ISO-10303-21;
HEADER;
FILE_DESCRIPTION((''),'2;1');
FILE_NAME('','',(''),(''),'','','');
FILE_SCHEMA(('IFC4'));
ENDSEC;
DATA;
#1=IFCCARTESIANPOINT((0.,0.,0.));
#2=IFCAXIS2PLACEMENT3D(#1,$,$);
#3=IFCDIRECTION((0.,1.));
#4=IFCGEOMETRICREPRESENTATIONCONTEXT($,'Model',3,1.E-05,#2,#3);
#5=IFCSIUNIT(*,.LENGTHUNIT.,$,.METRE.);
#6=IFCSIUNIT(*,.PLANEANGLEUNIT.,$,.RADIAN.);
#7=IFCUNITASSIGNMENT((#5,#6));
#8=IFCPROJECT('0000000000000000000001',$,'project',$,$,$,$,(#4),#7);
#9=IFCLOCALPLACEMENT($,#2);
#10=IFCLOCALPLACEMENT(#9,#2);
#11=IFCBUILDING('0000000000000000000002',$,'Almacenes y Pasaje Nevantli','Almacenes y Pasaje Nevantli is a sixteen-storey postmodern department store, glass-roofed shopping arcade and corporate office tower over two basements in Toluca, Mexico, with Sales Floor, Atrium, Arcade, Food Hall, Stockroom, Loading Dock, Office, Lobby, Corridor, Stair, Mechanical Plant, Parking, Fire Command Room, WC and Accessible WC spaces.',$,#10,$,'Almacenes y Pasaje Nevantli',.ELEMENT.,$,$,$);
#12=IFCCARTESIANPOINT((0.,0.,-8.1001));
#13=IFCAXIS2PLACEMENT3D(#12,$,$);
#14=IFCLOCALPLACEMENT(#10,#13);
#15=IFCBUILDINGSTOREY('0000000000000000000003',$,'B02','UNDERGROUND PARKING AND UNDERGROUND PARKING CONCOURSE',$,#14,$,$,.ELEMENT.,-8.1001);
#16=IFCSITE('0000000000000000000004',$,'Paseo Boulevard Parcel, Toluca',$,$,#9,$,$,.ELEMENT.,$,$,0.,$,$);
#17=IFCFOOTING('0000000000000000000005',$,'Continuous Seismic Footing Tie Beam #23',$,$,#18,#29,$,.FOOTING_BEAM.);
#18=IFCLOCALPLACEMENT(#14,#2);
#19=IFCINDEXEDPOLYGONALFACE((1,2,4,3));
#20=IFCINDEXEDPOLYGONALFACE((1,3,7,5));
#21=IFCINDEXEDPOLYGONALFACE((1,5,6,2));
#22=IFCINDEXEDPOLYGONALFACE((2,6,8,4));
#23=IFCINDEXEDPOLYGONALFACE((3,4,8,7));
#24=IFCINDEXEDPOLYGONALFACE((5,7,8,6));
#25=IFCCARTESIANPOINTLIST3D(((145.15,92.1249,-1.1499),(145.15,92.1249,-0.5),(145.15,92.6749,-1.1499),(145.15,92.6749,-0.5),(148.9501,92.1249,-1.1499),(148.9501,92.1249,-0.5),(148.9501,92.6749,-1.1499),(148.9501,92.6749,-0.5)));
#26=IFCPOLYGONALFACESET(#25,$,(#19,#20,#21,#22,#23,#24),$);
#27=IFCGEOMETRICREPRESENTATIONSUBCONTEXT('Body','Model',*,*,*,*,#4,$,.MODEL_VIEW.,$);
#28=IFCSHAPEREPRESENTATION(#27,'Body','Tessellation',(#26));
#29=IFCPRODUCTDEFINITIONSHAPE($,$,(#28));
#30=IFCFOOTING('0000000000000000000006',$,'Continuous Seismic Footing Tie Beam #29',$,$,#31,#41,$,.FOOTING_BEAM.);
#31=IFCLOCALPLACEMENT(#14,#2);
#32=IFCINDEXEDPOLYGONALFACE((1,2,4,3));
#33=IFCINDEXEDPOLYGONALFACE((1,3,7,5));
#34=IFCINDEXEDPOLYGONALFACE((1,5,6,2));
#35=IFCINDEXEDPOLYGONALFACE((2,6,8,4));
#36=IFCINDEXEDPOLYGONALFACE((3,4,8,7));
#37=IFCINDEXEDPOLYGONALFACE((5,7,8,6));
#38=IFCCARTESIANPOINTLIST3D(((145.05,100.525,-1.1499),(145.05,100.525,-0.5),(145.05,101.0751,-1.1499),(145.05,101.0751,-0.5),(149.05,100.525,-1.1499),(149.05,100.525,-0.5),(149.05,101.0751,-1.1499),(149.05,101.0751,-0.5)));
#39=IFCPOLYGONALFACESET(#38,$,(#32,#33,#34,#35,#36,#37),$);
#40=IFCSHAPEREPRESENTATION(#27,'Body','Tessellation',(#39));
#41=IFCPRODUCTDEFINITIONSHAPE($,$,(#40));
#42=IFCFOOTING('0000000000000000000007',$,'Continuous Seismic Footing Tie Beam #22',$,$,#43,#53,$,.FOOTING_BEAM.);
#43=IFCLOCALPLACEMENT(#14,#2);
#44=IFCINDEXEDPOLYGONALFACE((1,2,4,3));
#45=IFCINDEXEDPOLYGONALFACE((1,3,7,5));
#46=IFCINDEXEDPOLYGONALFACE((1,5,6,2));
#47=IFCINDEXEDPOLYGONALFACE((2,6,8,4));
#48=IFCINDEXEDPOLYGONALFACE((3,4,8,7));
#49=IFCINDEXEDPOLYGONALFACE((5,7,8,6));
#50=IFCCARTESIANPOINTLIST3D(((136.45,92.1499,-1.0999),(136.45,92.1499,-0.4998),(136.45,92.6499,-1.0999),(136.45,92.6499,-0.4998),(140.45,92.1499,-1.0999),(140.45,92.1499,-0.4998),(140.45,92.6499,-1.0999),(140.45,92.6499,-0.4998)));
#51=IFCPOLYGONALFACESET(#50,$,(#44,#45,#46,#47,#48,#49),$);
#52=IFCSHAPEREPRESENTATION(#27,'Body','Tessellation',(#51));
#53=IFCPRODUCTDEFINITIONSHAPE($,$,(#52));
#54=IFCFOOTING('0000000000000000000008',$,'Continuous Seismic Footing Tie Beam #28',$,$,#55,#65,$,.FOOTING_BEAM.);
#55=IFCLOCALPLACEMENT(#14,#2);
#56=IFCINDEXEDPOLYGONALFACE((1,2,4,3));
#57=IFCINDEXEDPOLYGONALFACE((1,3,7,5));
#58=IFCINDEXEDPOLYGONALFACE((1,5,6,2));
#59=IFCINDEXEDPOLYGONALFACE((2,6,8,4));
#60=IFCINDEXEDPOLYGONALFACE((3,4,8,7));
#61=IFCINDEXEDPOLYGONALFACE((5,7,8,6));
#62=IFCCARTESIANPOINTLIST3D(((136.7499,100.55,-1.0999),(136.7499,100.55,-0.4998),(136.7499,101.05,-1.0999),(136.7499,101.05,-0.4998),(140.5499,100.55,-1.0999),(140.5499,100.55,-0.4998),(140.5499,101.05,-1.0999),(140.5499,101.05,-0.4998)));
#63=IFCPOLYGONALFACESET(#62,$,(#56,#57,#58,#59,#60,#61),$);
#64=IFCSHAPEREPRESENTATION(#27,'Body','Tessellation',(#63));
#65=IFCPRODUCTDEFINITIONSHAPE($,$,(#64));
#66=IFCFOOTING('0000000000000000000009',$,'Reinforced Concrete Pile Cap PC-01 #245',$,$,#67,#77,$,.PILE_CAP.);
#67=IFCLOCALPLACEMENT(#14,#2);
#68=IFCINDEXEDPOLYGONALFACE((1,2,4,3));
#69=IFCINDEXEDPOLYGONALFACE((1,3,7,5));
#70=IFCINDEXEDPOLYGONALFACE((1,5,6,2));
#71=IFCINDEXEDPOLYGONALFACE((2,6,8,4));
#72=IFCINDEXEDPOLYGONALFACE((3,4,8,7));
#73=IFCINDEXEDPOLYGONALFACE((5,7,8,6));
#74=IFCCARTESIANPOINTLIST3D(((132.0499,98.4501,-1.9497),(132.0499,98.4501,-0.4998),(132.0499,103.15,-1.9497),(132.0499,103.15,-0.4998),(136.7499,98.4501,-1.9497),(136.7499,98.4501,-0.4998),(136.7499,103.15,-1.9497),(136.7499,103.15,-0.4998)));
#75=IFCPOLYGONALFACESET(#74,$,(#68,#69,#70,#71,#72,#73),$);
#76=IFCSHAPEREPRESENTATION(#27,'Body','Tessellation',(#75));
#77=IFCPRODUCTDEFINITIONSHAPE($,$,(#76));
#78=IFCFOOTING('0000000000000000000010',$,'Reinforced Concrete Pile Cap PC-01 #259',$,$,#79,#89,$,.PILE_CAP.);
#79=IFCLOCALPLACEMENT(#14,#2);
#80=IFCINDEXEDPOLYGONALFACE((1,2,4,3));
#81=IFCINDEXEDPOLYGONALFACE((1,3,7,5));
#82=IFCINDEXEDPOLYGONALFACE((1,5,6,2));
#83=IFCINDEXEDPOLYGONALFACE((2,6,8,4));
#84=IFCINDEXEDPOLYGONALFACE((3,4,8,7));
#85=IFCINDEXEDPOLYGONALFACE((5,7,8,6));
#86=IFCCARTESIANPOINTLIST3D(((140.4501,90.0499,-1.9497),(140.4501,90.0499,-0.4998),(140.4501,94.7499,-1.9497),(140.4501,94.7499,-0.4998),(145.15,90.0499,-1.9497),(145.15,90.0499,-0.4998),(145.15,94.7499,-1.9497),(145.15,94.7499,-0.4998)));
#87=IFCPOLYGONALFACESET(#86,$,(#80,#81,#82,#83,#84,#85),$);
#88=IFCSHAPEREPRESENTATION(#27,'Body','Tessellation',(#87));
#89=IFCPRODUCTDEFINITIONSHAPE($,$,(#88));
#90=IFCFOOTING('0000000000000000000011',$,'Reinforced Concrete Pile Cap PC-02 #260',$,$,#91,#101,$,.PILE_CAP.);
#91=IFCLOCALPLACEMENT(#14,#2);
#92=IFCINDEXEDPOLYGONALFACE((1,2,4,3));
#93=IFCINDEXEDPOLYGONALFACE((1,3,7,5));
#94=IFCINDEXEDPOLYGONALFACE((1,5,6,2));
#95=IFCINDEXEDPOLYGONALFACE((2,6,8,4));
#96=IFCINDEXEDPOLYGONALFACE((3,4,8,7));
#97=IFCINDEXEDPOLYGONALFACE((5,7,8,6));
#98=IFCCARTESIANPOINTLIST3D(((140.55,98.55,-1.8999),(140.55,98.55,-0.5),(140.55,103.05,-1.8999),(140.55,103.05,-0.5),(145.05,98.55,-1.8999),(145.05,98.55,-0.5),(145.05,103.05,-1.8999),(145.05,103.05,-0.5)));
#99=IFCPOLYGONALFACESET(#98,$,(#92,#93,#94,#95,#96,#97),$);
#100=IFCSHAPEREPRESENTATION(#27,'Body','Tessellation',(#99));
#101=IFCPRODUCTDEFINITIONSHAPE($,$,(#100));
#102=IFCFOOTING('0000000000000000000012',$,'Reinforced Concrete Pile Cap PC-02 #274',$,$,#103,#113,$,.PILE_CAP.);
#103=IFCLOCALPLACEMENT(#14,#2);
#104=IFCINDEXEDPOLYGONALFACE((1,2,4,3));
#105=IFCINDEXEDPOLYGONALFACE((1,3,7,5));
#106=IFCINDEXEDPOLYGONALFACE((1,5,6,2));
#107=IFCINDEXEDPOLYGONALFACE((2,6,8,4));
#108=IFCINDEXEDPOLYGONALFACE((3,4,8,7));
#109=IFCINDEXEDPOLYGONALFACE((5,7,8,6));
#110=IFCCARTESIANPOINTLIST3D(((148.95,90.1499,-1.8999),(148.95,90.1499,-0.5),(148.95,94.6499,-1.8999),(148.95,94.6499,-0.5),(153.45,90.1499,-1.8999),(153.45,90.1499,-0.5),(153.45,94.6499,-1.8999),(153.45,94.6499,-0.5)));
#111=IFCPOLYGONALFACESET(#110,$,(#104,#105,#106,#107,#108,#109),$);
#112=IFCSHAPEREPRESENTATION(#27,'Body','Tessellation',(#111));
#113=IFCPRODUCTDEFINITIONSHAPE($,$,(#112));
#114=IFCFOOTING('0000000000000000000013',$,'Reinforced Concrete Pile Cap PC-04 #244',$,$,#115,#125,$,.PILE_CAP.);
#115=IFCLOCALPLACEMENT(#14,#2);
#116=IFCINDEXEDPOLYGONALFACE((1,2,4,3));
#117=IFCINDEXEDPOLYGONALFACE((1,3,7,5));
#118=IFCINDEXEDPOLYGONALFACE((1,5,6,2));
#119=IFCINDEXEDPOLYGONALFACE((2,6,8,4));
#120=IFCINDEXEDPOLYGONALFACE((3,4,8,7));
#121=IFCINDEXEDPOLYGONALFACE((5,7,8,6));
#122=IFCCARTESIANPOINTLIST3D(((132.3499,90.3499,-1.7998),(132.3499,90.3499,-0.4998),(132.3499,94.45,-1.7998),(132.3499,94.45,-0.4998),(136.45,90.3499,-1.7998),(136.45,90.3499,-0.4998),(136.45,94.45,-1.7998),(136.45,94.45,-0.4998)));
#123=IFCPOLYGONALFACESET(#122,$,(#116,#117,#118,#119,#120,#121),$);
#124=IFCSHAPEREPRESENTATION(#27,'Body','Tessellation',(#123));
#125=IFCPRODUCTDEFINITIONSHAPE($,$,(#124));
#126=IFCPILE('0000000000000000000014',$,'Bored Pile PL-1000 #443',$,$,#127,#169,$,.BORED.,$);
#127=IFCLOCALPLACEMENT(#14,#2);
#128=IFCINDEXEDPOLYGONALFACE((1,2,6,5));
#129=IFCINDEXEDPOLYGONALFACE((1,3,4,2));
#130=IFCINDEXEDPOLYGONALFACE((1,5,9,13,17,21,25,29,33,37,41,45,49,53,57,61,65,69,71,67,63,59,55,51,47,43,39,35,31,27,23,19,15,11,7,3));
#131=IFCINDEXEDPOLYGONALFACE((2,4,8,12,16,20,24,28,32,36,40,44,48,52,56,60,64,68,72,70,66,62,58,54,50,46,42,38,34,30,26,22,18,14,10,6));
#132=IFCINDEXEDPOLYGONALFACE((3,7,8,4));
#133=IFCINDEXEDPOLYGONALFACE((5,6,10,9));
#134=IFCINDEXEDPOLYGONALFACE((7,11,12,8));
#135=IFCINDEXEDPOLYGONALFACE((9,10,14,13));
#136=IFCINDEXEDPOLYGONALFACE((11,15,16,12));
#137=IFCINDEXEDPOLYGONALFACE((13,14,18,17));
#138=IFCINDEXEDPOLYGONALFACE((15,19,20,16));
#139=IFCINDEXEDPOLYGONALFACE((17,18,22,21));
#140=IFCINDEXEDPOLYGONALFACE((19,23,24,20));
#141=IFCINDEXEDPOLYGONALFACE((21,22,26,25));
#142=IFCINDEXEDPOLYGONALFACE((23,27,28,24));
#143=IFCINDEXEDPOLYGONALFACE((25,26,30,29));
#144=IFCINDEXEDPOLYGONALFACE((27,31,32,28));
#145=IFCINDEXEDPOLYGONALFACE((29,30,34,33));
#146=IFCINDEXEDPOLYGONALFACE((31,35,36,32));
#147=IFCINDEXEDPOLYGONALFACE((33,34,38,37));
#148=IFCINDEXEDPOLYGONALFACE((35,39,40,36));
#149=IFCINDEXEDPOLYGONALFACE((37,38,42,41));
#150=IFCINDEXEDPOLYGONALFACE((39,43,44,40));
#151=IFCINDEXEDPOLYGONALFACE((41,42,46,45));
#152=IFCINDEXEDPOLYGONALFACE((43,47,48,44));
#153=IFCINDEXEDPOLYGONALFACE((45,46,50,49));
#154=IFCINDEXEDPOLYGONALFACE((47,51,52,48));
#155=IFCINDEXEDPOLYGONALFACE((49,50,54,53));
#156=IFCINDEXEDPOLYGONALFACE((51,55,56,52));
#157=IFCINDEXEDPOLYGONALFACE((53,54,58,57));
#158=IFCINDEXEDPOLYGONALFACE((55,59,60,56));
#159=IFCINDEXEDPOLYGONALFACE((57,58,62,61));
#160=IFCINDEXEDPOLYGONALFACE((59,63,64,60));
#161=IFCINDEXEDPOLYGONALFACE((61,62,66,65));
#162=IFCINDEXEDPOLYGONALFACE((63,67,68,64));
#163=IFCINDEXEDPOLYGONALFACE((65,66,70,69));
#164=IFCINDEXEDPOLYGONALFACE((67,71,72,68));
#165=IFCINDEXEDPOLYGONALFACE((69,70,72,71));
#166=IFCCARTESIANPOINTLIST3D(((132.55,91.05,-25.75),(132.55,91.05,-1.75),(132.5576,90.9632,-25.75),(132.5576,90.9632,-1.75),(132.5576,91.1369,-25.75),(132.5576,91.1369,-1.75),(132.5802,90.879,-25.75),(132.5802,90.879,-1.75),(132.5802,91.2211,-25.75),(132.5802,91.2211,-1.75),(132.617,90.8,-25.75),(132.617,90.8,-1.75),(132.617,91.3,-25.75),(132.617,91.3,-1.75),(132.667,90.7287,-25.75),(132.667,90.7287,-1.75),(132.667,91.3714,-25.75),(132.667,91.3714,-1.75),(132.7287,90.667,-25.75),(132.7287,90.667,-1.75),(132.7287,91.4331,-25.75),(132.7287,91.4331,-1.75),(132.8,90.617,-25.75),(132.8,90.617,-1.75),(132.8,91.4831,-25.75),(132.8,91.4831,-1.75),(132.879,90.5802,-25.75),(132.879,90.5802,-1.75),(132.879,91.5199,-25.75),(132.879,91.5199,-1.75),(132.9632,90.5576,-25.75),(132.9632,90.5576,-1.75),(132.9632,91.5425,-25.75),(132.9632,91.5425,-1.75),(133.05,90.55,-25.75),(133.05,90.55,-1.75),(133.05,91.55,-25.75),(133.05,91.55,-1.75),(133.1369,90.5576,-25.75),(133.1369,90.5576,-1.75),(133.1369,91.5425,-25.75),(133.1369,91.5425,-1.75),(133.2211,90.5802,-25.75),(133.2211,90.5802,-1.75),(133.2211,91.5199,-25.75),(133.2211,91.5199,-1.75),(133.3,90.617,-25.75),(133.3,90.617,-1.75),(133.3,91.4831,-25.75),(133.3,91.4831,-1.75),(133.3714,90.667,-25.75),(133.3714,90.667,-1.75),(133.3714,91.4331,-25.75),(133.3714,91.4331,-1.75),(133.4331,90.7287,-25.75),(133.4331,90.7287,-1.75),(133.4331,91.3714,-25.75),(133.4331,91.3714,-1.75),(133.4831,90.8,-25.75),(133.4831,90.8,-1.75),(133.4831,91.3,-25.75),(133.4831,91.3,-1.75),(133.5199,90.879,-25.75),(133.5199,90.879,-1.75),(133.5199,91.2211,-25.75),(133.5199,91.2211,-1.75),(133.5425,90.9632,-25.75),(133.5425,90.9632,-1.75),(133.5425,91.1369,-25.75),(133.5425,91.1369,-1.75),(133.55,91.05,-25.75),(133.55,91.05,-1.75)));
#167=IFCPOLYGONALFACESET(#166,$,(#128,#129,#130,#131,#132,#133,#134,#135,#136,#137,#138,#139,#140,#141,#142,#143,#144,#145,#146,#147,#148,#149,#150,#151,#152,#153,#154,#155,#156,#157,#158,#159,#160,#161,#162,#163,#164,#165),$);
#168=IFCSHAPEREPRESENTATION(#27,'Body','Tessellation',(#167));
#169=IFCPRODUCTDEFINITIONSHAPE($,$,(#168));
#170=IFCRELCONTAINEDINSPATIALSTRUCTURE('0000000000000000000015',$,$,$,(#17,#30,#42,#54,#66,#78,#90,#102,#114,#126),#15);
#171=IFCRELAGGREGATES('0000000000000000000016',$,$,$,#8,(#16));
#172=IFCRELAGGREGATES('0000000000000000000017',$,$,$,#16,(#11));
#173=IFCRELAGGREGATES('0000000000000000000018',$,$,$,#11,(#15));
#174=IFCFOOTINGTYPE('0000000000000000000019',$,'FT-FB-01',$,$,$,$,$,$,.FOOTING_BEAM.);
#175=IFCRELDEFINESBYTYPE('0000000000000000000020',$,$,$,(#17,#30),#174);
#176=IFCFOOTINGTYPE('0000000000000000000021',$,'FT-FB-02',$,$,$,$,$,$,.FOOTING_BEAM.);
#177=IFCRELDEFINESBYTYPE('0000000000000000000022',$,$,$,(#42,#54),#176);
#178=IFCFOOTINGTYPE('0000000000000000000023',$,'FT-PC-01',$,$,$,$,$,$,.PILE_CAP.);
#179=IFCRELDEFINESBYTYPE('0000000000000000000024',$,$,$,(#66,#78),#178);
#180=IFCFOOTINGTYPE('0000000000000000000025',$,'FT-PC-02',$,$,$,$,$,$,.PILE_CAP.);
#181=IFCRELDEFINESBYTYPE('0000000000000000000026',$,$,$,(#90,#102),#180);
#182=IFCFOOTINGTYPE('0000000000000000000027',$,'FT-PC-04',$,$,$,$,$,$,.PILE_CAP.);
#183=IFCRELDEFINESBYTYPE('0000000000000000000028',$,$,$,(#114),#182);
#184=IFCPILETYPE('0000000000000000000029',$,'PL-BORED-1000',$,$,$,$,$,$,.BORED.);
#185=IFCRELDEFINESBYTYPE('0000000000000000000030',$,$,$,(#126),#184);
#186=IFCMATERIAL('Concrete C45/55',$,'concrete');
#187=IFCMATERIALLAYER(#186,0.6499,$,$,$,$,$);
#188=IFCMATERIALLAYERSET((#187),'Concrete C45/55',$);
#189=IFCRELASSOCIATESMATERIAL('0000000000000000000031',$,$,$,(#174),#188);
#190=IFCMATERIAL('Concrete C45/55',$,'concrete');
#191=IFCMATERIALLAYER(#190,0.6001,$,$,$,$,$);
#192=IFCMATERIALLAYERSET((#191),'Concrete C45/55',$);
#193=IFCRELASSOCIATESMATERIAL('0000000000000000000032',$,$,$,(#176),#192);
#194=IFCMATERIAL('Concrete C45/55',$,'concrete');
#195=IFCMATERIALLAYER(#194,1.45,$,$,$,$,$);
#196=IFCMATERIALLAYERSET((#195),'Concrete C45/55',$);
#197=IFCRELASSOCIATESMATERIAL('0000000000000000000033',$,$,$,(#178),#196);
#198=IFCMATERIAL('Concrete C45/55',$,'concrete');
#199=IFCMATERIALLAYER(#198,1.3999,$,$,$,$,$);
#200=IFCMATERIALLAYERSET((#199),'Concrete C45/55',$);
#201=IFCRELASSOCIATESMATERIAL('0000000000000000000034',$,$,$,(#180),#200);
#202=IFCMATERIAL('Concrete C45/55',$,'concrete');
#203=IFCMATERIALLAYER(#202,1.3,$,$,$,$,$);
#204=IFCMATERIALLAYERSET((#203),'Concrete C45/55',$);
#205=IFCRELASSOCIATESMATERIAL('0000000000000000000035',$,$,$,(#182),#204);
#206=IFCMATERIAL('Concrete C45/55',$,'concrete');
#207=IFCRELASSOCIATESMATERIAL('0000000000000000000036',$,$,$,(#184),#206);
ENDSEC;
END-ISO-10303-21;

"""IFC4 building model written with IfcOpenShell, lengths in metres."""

from ifc_helpers import new_model, si_unit, direction, frame, origin, origin_2d, place, context, subcontext, project, spatial, rectangle, circle, extrude, material, layer, layer_set, material_profile, profile_set, type_object, element, save


model = new_model("IFC4")

# Units and contexts
model_context = context("Model", 3, precision=1e-05, world=origin(), true_north=direction((0.0, 1.0)))
body_context = subcontext(model_context, "Body", "Model", "MODEL_VIEW")
ifc_project = project(units=[si_unit("LENGTHUNIT", "METRE"), si_unit("PLANEANGLEUNIT", "RADIAN")], contexts=[model_context])

# Site, building, storey
site_placement = place(None, origin())
site = spatial("IfcSite", under=ifc_project, at=site_placement, Name="Paseo Boulevard Parcel, Toluca", CompositionType="ELEMENT", RefElevation=0.0)
building_placement = place(site_placement, origin())
building = spatial("IfcBuilding", under=site, at=building_placement, Name="Almacenes y Pasaje Nevantli", Description="Almacenes y Pasaje Nevantli is a sixteen-storey postmodern department store, glass-roofed shopping arcade and corporate office tower over two basements in Toluca, Mexico, with Sales Floor, Atrium, Arcade, Food Hall, Stockroom, Loading Dock, Office, Lobby, Corridor, Stair, Mechanical Plant, Parking, Fire Command Room, WC and Accessible WC spaces.", LongName="Almacenes y Pasaje Nevantli", CompositionType="ELEMENT")
storey_placement = place(building_placement, frame((0.0, 0.0, -8.1001)))
storey = spatial("IfcBuildingStorey", under=building, at=storey_placement, Name="B02", Description="UNDERGROUND PARKING AND UNDERGROUND PARKING CONCOURSE", CompositionType="ELEMENT", Elevation=-8.1001)

# Footings
ifc_material_1 = material(Name="Concrete C45/55", Category="concrete")
ifc_layer_1 = layer(ifc_material_1, 0.6499)
ifc_layer_set_1 = layer_set([ifc_layer_1], Name="Concrete C45/55")
footing_type_1 = type_object("IfcFootingType", Name="FT-FB-01", PredefinedType="FOOTING_BEAM", material=ifc_layer_set_1)
footing_1_placement = place(storey_placement, frame((147.05, 92.3999, -1.1499), z_axis=(0.0, 0.0, 1.0), x_axis=(1.0, 0.0, 0.0)))
element("IfcFooting", 1, at=footing_1_placement, inside=storey, type_object=footing_type_1, Name="Continuous Seismic Footing Tie Beam #23", PredefinedType="FOOTING_BEAM", context=body_context, shape_type="SweptSolid", body=[
    extrude(rectangle(XDim=3.8, YDim=0.55, at=origin_2d()), origin(), (0.0, 0.0, 1.0), 0.6499),
])
footing_2_placement = place(storey_placement, frame((147.05, 100.8, -1.1499), z_axis=(0.0, 0.0, 1.0), x_axis=(1.0, 0.0, 0.0)))
element("IfcFooting", 2, at=footing_2_placement, inside=storey, type_object=footing_type_1, Name="Continuous Seismic Footing Tie Beam #29", PredefinedType="FOOTING_BEAM", context=body_context, shape_type="SweptSolid", body=[
    extrude(rectangle(XDim=4.0, YDim=0.55, at=origin_2d()), origin(), (0.0, 0.0, 1.0), 0.6499),
])
ifc_material_2 = material(Name="Concrete C45/55", Category="concrete")
ifc_layer_2 = layer(ifc_material_2, 0.6001)
ifc_layer_set_2 = layer_set([ifc_layer_2], Name="Concrete C45/55")
footing_type_2 = type_object("IfcFootingType", Name="FT-FB-02", PredefinedType="FOOTING_BEAM", material=ifc_layer_set_2)
footing_3_placement = place(storey_placement, frame((138.45, 92.3999, -1.0999), z_axis=(0.0, 0.0, 1.0), x_axis=(1.0, 0.0, 0.0)))
element("IfcFooting", 3, at=footing_3_placement, inside=storey, type_object=footing_type_2, Name="Continuous Seismic Footing Tie Beam #22", PredefinedType="FOOTING_BEAM", context=body_context, shape_type="SweptSolid", body=[
    extrude(rectangle(XDim=4.0, YDim=0.5, at=origin_2d()), origin(), (0.0, 0.0, 1.0), 0.6001),
])
footing_4_placement = place(storey_placement, frame((138.6499, 100.8, -1.0999), z_axis=(0.0, 0.0, 1.0), x_axis=(1.0, 0.0, 0.0)))
element("IfcFooting", 4, at=footing_4_placement, inside=storey, type_object=footing_type_2, Name="Continuous Seismic Footing Tie Beam #28", PredefinedType="FOOTING_BEAM", context=body_context, shape_type="SweptSolid", body=[
    extrude(rectangle(XDim=3.8, YDim=0.5, at=origin_2d()), origin(), (0.0, 0.0, 1.0), 0.6001),
])
ifc_material_3 = material(Name="Concrete C45/55", Category="concrete")
ifc_layer_3 = layer(ifc_material_3, 1.45)
ifc_layer_set_3 = layer_set([ifc_layer_3], Name="Concrete C45/55")
footing_type_3 = type_object("IfcFootingType", Name="FT-PC-01", PredefinedType="PILE_CAP", material=ifc_layer_set_3)
for number, where, z_axis, x_axis, name in (
    (5, (134.3999, 100.8, -1.9497), (0.0, 0.0, 1.0), (1.0, 0.0, 0.0), "Reinforced Concrete Pile Cap PC-01 #245"),
    (6, (142.8, 92.3999, -1.9497), (0.0, 0.0, 1.0), (1.0, 0.0, 0.0), "Reinforced Concrete Pile Cap PC-01 #259"),
):
    element("IfcFooting", number, at=place(storey_placement, frame(where, z_axis=z_axis, x_axis=x_axis)), inside=storey, type_object=footing_type_3, Name=name, PredefinedType="PILE_CAP", context=body_context, shape_type="SweptSolid", body=[
        extrude(rectangle(XDim=4.7, YDim=4.7, at=origin_2d()), origin(), (0.0, 0.0, 1.0), 1.45),
    ])
ifc_material_4 = material(Name="Concrete C45/55", Category="concrete")
ifc_layer_4 = layer(ifc_material_4, 1.3999)
ifc_layer_set_4 = layer_set([ifc_layer_4], Name="Concrete C45/55")
footing_type_4 = type_object("IfcFootingType", Name="FT-PC-02", PredefinedType="PILE_CAP", material=ifc_layer_set_4)
for number, where, z_axis, x_axis, name in (
    (7, (142.8, 100.8, -1.8999), (0.0, 0.0, 1.0), (1.0, 0.0, 0.0), "Reinforced Concrete Pile Cap PC-02 #260"),
    (8, (151.2, 92.3999, -1.8999), (0.0, 0.0, 1.0), (1.0, 0.0, 0.0), "Reinforced Concrete Pile Cap PC-02 #274"),
):
    element("IfcFooting", number, at=place(storey_placement, frame(where, z_axis=z_axis, x_axis=x_axis)), inside=storey, type_object=footing_type_4, Name=name, PredefinedType="PILE_CAP", context=body_context, shape_type="SweptSolid", body=[
        extrude(rectangle(XDim=4.5, YDim=4.5, at=origin_2d()), origin(), (0.0, 0.0, 1.0), 1.3999),
    ])
ifc_material_5 = material(Name="Concrete C45/55", Category="concrete")
ifc_layer_5 = layer(ifc_material_5, 1.3)
ifc_layer_set_5 = layer_set([ifc_layer_5], Name="Concrete C45/55")
footing_type_5 = type_object("IfcFootingType", Name="FT-PC-04", PredefinedType="PILE_CAP", material=ifc_layer_set_5)
footing_5_placement = place(storey_placement, frame((134.3999, 92.3999, -1.7998), z_axis=(0.0, 0.0, 1.0), x_axis=(1.0, 0.0, 0.0)))
element("IfcFooting", 9, at=footing_5_placement, inside=storey, type_object=footing_type_5, Name="Reinforced Concrete Pile Cap PC-04 #244", PredefinedType="PILE_CAP", context=body_context, shape_type="SweptSolid", body=[
    extrude(rectangle(XDim=4.1001, YDim=4.1001, at=origin_2d()), origin(), (0.0, 0.0, 1.0), 1.3),
])

# Pile
ifc_material_6 = material(Name="Concrete C45/55", Category="concrete")
ifc_material_profile_1 = material_profile(ifc_material_6, circle(Radius=0.5, at=origin_2d()), Name="RC-PILE-D1000")
ifc_profile_set_1 = profile_set([ifc_material_profile_1], Name="Concrete C45/55")
pile_type = type_object("IfcPileType", Name="PL-BORED-1000", PredefinedType="BORED", material=ifc_profile_set_1)
for number, where, z_axis, x_axis, name in (
    (10, (133.05, 91.05, -1.75), (0.0, 0.0, -1.0), (1.0, 0.0, 0.0), "Bored Pile PL-1000 #443"),
):
    element("IfcPile", number, at=place(storey_placement, frame(where, z_axis=z_axis, x_axis=x_axis)), inside=storey, type_object=pile_type, Name=name, PredefinedType="BORED", context=body_context, shape_type="SweptSolid", body=[
        extrude(circle(Radius=0.5, at=origin_2d()), origin(), (0.0, 0.0, 1.0), 24.0),
    ])

save(model, "model.ifc")
